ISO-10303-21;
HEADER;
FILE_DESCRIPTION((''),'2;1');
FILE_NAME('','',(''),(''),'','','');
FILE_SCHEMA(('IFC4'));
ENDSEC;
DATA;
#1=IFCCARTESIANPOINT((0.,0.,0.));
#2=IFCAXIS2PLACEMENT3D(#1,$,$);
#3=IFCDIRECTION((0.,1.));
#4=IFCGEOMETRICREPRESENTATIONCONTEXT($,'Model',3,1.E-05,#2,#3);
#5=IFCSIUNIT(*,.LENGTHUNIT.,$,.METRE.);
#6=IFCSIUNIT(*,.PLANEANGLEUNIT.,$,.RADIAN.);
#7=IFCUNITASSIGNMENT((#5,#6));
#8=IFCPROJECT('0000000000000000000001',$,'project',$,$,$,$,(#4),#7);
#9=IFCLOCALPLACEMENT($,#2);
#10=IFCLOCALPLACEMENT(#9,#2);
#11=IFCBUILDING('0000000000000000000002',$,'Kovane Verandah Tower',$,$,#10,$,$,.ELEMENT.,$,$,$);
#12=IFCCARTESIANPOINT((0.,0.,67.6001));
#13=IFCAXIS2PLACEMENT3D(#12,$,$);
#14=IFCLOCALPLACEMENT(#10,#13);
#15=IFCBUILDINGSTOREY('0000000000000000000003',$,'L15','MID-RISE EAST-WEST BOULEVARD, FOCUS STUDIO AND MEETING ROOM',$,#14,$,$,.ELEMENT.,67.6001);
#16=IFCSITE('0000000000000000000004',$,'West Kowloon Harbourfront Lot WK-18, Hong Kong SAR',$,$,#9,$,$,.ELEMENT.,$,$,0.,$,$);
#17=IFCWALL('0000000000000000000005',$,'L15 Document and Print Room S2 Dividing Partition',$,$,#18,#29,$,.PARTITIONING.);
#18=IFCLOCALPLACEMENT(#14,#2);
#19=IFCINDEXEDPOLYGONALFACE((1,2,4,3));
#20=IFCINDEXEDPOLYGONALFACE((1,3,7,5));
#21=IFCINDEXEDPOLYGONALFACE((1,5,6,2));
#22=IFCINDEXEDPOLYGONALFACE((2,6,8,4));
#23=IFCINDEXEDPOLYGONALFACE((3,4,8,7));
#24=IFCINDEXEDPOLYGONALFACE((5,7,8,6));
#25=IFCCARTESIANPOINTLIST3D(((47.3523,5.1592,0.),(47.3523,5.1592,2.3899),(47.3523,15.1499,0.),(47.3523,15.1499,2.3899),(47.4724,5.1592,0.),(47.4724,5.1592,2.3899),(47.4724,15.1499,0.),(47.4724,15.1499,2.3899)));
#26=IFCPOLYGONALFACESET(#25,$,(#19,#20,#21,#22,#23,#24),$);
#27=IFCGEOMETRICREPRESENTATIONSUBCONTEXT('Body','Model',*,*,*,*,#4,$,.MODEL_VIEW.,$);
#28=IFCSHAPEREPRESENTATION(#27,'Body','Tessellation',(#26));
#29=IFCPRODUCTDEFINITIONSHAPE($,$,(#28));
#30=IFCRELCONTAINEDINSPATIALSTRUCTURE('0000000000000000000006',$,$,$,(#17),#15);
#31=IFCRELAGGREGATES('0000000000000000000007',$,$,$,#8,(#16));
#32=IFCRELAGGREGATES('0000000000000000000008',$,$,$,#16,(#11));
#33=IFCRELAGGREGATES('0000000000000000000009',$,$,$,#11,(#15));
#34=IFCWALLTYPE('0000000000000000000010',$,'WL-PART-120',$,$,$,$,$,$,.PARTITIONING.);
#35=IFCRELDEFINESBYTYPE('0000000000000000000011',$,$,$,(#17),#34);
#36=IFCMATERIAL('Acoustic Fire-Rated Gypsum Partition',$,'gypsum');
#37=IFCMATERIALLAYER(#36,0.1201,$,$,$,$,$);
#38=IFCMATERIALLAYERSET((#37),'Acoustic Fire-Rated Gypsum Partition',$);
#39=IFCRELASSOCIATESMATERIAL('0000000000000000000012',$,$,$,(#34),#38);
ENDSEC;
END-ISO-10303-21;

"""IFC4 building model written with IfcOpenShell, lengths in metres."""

from ifc_helpers import new_model, si_unit, direction, frame, frame_2d, origin, place, context, subcontext, project, spatial, rectangle, extrude, material, layer, layer_set, type_object, element, save


model = new_model("IFC4")

# Units and contexts
model_context = context("Model", 3, precision=1e-05, world=origin(), true_north=direction((0.0, 1.0)))
body_context = subcontext(model_context, "Body", "Model", "MODEL_VIEW")
ifc_project = project(units=[si_unit("LENGTHUNIT", "METRE"), si_unit("PLANEANGLEUNIT", "RADIAN")], contexts=[model_context])

# Site, building, storey
site_placement = place(None, origin())
site = spatial("IfcSite", under=ifc_project, at=site_placement, Name="West Kowloon Harbourfront Lot WK-18, Hong Kong SAR", CompositionType="ELEMENT", RefElevation=0.0)
building_placement = place(site_placement, origin())
building = spatial("IfcBuilding", under=site, at=building_placement, Name="Kovane Verandah Tower", CompositionType="ELEMENT")
storey_placement = place(building_placement, frame((0.0, 0.0, 67.6001)))
storey = spatial("IfcBuildingStorey", under=building, at=storey_placement, Name="L15", Description="MID-RISE EAST-WEST BOULEVARD, FOCUS STUDIO AND MEETING ROOM", CompositionType="ELEMENT", Elevation=67.6001)

# Wall
ifc_material_1 = material(Name="Acoustic Fire-Rated Gypsum Partition", Category="gypsum")
ifc_layer_1 = layer(ifc_material_1, 0.1201)
ifc_layer_set_1 = layer_set([ifc_layer_1], Name="Acoustic Fire-Rated Gypsum Partition")
wall_type_1 = type_object("IfcWallType", Name="WL-PART-120", PredefinedType="PARTITIONING", material=ifc_layer_set_1)
wall_1_placement = place(storey_placement, frame((47.4124, 5.1592, 0.0), z_axis=(0.0, 0.0, 1.0), x_axis=(0.0, 1.0, 0.0)))
element("IfcWall", 1, at=wall_1_placement, inside=storey, type_object=wall_type_1, Name="L15 Document and Print Room S2 Dividing Partition", PredefinedType="PARTITIONING", context=body_context, shape_type="SweptSolid", body=[
    extrude(rectangle(XDim=9.9907, YDim=0.1201, at=frame_2d((4.9954, 0.0))), origin(), (0.0, 0.0, 1.0), 2.3899),
])

save(model, "model.ifc")
